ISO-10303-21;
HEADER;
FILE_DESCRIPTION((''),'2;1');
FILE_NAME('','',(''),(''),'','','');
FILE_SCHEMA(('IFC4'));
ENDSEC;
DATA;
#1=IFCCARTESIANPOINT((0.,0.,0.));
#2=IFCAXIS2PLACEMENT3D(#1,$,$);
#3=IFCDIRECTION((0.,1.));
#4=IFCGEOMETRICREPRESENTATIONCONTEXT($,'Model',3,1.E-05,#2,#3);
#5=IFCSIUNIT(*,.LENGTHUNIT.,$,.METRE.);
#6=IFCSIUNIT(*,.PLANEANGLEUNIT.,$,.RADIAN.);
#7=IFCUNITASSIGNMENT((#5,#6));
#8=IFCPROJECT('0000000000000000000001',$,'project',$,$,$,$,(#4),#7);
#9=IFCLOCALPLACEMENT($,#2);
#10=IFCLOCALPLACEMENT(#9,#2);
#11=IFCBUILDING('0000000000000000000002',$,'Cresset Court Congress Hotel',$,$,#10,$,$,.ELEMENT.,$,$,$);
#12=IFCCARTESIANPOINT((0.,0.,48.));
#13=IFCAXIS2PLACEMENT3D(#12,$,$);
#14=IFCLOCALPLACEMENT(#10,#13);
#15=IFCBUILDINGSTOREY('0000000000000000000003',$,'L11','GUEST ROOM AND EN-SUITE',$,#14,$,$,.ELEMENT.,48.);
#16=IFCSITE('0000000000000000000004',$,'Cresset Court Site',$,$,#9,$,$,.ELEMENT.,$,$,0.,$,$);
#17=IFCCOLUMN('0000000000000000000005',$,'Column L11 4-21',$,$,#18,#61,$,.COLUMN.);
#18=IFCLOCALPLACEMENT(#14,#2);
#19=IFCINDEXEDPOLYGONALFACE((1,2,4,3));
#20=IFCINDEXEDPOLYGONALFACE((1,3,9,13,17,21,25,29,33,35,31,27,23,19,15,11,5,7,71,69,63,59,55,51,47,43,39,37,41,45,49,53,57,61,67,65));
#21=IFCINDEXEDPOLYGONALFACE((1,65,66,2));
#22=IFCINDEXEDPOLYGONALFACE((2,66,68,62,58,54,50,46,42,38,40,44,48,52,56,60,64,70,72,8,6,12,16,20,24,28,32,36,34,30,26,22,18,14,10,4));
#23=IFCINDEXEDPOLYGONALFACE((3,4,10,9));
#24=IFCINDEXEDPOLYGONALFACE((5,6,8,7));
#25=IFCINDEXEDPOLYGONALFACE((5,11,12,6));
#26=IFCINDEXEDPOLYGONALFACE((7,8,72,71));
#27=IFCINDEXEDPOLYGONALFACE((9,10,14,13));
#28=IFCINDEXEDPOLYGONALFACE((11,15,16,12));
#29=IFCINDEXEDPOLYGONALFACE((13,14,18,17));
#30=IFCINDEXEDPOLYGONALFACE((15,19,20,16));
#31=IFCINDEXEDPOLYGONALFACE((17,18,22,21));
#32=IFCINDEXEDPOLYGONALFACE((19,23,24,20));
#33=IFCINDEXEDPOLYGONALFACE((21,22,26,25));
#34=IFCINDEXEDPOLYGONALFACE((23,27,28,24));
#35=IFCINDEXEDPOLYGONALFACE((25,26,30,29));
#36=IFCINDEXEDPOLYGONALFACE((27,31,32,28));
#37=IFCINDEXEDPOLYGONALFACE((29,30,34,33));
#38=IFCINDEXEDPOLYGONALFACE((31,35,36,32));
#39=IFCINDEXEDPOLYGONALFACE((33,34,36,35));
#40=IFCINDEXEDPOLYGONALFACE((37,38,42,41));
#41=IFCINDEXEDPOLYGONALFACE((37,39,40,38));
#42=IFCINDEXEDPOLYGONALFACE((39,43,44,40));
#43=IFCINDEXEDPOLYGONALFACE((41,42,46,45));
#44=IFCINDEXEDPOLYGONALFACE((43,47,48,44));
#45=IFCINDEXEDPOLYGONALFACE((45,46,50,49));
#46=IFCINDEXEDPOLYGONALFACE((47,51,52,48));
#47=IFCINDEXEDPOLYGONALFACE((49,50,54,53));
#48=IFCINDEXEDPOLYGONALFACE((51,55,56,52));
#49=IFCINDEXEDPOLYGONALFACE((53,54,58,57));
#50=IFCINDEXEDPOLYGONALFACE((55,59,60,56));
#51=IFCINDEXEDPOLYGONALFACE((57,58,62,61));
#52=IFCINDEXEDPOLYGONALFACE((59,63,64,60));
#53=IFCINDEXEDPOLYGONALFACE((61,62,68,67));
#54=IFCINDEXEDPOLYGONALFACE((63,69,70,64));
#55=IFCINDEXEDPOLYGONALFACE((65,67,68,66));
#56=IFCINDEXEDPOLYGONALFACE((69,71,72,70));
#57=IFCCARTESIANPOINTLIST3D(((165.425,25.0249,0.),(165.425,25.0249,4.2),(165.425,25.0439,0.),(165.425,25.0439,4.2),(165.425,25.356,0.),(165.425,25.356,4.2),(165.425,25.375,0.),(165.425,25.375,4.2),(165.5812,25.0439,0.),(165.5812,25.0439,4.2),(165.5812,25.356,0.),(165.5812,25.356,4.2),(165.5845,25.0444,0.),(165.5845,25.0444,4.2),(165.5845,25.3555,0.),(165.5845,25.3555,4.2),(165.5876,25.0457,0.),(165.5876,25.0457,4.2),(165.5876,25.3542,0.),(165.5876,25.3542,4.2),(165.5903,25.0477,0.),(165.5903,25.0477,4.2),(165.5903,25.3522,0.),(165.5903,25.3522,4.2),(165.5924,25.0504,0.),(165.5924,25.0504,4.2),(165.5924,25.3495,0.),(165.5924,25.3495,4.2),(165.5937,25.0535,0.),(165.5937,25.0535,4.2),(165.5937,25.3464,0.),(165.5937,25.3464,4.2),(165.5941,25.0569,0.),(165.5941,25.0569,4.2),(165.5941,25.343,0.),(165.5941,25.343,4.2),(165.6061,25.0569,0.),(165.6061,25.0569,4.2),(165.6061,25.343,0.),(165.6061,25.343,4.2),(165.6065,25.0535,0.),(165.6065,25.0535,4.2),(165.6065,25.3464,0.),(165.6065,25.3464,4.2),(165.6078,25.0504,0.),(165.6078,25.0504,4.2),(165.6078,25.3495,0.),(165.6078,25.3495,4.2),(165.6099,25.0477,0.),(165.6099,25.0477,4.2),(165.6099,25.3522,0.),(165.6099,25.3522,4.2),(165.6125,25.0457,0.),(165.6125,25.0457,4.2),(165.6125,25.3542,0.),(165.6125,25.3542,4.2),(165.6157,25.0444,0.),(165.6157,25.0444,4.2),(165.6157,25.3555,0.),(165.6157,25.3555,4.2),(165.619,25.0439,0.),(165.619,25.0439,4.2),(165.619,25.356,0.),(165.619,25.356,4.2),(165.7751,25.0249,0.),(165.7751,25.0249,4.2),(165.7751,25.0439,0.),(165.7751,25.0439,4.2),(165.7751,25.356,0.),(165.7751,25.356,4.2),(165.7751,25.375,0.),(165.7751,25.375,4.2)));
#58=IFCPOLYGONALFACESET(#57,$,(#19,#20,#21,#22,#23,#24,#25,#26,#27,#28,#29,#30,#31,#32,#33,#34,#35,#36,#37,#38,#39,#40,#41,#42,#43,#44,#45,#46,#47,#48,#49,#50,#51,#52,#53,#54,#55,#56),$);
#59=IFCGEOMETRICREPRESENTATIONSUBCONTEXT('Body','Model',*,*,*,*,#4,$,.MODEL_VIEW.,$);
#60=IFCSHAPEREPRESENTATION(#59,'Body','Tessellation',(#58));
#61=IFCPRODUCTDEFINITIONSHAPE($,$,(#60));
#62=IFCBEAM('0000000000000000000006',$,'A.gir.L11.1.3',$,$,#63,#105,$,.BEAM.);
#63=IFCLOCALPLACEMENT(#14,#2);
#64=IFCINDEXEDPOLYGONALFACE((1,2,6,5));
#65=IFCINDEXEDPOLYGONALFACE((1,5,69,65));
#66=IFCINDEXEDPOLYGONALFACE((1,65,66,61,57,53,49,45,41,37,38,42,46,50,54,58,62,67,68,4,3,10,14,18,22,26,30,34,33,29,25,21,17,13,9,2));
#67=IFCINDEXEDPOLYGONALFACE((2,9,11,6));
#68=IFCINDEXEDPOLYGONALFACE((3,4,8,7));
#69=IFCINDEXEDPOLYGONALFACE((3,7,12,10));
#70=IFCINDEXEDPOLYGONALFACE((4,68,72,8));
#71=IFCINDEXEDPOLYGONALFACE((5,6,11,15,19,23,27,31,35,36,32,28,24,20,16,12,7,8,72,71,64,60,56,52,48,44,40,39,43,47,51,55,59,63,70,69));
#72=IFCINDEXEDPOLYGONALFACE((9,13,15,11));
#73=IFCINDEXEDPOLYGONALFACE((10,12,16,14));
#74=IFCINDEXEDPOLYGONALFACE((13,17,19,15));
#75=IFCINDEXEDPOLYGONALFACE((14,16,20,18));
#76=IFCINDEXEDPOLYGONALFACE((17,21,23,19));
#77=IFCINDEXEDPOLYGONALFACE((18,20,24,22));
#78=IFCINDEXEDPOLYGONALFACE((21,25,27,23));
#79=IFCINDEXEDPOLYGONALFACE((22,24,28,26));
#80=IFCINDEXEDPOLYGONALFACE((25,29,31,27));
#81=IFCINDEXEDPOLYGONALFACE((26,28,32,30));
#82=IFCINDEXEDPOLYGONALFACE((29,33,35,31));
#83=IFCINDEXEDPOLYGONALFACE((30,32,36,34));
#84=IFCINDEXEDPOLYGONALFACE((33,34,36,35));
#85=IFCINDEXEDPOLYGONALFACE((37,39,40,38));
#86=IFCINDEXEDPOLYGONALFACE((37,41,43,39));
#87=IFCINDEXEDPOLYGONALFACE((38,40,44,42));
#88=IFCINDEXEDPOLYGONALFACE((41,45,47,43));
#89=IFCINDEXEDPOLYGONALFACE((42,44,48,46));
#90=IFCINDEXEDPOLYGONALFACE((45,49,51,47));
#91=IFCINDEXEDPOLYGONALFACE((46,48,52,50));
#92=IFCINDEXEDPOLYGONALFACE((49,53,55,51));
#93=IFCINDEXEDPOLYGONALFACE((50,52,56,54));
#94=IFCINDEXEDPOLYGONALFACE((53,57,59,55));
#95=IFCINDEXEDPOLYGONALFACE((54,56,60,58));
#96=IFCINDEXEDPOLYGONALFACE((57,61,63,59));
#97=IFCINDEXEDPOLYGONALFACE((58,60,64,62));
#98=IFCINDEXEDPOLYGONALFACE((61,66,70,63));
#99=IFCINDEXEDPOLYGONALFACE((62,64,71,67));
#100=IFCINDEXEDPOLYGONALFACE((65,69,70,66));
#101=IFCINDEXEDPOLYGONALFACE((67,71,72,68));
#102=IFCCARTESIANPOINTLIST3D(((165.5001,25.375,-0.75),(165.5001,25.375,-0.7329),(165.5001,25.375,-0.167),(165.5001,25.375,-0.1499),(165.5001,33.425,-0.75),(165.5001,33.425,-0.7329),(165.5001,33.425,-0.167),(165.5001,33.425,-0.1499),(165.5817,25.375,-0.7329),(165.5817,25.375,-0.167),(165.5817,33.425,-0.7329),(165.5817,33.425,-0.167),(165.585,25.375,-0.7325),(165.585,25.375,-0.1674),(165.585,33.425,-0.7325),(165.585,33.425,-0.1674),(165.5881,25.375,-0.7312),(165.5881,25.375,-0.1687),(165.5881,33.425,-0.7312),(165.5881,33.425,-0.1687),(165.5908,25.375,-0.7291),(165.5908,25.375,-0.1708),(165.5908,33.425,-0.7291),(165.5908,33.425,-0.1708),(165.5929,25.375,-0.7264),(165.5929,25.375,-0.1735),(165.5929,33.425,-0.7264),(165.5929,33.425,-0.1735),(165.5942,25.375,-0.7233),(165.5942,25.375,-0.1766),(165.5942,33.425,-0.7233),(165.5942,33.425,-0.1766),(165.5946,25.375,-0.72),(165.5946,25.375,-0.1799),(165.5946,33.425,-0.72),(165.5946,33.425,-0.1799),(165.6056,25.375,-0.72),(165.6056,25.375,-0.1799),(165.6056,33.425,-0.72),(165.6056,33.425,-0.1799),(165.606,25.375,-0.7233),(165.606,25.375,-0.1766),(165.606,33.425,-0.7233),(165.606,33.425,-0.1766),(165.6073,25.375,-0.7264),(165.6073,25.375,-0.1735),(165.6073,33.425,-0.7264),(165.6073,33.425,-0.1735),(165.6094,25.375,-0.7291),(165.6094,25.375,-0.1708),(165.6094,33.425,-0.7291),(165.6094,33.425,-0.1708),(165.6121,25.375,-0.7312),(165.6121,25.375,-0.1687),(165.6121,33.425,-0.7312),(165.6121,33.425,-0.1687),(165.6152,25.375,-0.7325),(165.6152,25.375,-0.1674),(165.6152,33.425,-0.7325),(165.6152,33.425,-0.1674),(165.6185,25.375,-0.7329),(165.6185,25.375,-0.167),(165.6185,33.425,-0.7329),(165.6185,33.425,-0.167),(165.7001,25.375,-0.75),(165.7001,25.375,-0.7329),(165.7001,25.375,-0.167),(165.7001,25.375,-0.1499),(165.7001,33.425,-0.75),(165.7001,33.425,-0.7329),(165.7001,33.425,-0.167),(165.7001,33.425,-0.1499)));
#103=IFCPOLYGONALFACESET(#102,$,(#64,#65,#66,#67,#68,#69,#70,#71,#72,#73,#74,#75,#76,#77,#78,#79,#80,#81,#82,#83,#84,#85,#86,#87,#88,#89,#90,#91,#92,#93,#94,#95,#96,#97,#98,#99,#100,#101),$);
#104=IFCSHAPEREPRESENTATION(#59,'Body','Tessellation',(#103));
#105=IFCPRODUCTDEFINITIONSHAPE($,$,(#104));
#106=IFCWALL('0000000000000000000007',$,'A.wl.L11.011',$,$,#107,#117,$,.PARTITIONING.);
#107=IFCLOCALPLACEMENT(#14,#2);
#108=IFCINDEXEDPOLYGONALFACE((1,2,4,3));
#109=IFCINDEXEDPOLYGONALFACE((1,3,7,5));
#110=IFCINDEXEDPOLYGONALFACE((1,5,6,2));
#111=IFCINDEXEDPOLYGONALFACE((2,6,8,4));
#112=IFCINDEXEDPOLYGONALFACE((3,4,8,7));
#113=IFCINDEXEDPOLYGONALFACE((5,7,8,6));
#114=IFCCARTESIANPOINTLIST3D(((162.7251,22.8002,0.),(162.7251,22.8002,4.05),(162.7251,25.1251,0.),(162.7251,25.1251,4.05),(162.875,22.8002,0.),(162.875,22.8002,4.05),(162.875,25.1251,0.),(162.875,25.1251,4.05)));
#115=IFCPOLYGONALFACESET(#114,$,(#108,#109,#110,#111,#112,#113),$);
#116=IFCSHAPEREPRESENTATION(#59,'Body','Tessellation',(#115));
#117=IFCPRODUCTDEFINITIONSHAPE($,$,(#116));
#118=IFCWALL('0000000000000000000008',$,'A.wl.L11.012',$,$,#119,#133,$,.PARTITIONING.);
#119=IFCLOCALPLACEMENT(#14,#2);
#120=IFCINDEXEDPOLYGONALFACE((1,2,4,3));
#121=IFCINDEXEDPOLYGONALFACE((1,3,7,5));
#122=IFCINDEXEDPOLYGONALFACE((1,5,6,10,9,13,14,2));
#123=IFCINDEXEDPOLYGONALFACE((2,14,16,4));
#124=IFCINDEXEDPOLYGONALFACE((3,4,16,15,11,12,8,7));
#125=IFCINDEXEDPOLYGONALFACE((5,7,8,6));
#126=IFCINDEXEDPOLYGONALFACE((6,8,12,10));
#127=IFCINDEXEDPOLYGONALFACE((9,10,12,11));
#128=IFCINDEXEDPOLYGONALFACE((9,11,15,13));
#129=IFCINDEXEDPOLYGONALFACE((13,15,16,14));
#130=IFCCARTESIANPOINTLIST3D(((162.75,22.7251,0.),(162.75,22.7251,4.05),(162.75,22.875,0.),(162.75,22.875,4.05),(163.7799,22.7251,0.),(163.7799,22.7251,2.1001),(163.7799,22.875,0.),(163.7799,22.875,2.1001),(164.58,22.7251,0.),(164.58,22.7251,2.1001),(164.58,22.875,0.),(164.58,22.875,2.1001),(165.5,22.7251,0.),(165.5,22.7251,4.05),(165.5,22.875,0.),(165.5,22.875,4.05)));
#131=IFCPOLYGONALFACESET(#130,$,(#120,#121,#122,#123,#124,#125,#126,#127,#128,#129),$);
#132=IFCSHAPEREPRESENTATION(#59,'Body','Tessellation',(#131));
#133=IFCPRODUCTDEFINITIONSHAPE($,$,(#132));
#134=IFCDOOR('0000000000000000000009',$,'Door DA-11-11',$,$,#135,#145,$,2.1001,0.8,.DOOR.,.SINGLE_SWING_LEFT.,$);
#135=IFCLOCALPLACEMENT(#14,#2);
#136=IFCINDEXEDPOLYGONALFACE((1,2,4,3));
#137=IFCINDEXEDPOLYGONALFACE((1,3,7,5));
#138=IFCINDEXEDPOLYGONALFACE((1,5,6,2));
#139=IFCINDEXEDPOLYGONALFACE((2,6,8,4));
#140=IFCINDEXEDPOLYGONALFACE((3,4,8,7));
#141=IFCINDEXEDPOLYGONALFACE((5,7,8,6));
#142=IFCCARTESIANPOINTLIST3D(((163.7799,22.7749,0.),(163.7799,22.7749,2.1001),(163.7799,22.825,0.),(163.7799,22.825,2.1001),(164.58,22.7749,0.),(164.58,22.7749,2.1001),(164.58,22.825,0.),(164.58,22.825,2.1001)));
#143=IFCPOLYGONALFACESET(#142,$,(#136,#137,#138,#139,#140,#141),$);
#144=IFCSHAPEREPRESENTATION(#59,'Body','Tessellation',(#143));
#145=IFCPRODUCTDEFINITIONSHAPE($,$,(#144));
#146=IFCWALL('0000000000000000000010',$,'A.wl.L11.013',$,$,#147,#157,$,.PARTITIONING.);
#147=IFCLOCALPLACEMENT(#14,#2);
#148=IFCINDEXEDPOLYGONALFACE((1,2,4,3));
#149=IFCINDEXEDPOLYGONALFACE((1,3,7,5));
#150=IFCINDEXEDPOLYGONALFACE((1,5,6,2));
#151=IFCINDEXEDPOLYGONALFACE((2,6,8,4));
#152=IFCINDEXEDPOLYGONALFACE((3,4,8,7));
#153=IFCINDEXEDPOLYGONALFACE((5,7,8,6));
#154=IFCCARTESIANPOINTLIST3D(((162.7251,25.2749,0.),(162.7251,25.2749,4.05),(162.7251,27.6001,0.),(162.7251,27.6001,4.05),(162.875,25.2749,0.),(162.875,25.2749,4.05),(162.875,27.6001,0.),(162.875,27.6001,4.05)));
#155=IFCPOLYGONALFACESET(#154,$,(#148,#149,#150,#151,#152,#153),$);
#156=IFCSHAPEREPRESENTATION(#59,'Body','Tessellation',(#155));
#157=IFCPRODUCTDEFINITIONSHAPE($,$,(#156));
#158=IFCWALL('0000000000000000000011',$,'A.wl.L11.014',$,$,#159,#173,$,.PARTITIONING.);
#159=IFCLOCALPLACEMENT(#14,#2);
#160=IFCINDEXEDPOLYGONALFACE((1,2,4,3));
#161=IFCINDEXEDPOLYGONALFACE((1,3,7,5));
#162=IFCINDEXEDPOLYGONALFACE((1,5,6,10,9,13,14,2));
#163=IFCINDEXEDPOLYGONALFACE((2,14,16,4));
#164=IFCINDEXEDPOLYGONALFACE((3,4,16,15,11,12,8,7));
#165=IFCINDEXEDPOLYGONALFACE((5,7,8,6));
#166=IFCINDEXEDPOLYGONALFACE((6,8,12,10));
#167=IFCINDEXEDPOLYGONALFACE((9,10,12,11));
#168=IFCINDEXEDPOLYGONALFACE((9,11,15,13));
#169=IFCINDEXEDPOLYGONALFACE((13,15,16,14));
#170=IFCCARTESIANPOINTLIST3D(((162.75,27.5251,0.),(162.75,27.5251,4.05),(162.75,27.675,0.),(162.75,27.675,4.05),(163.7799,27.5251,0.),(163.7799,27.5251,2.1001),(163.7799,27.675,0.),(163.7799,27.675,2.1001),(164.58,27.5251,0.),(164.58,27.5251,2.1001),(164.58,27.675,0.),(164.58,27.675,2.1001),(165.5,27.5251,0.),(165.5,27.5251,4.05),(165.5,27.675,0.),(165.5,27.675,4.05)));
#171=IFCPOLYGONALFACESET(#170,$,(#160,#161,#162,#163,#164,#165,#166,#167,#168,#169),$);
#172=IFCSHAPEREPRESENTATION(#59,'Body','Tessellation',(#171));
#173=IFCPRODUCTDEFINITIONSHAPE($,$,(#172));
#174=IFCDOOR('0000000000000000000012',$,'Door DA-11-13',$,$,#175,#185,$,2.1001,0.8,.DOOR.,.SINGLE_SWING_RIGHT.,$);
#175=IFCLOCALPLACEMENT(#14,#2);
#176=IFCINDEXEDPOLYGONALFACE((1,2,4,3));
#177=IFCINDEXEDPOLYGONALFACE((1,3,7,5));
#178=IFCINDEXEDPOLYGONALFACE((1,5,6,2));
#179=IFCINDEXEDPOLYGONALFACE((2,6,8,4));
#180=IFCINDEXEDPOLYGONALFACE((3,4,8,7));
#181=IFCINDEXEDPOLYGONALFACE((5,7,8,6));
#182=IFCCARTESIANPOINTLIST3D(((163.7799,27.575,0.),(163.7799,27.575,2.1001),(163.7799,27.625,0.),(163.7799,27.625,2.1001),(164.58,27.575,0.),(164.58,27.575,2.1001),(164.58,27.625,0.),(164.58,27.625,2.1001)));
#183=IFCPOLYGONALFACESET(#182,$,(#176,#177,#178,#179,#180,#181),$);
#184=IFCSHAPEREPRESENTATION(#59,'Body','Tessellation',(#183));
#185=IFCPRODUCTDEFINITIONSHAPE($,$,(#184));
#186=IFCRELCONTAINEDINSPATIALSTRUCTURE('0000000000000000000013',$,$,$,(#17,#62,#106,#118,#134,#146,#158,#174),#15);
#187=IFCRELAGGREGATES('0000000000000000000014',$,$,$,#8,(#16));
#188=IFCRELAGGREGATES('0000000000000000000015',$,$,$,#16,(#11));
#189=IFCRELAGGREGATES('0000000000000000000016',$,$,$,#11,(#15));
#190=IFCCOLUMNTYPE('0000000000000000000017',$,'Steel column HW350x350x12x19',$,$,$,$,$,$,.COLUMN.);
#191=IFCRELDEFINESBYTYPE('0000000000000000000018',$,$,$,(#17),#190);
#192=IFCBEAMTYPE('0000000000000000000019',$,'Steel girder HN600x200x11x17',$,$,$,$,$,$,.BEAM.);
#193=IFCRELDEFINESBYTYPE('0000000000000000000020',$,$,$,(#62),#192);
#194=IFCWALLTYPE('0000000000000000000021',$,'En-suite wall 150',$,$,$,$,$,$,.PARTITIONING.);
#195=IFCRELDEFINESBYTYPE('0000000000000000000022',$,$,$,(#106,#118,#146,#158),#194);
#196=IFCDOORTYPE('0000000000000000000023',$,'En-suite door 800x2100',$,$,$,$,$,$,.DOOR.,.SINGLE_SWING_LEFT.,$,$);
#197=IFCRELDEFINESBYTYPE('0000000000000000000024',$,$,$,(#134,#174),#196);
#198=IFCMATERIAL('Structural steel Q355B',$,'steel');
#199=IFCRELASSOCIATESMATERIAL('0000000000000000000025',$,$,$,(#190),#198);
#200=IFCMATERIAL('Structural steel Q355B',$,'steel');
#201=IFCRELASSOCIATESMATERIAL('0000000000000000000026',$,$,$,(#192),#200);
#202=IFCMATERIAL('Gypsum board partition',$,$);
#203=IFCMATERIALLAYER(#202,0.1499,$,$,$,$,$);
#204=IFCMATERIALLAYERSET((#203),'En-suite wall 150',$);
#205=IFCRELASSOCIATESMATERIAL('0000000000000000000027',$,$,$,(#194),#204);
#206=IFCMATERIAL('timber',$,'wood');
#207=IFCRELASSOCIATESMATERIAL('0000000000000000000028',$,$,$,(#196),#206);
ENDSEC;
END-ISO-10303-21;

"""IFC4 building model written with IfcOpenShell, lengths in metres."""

from ifc_helpers import new_model, si_unit, direction, frame, frame_2d, origin, origin_2d, place, context, subcontext, project, spatial, rectangle, i_section, extrude, material, layer, layer_set, material_profile, profile_set, type_object, element, fill, save


model = new_model("IFC4")

# Units and contexts
model_context = context("Model", 3, precision=1e-05, world=origin(), true_north=direction((0.0, 1.0)))
body_context = subcontext(model_context, "Body", "Model", "MODEL_VIEW")
ifc_project = project(units=[si_unit("LENGTHUNIT", "METRE"), si_unit("PLANEANGLEUNIT", "RADIAN")], contexts=[model_context])

# Site, building, storey
site_placement = place(None, origin())
site = spatial("IfcSite", under=ifc_project, at=site_placement, Name="Cresset Court Site", CompositionType="ELEMENT", RefElevation=0.0)
building_placement = place(site_placement, origin())
building = spatial("IfcBuilding", under=site, at=building_placement, Name="Cresset Court Congress Hotel", CompositionType="ELEMENT")
storey_placement = place(building_placement, frame((0.0, 0.0, 48.0)))
storey = spatial("IfcBuildingStorey", under=building, at=storey_placement, Name="L11", Description="GUEST ROOM AND EN-SUITE", CompositionType="ELEMENT", Elevation=48.0)

# Column
ifc_material_1 = material(Name="Structural steel Q355B", Category="steel")
ifc_material_profile_1 = material_profile(ifc_material_1, i_section(OverallWidth=0.3501, OverallDepth=0.3501, WebThickness=0.012, FlangeThickness=0.019, FilletRadius=0.0129, at=origin_2d()), Name="HW350x350x12x19")
ifc_profile_set_1 = profile_set([ifc_material_profile_1], Name="Structural steel Q355B")
column_type = type_object("IfcColumnType", Name="Steel column HW350x350x12x19", PredefinedType="COLUMN", material=ifc_profile_set_1)
column_placement = place(storey_placement, frame((165.6001, 25.2, 0.0), z_axis=(0.0, 0.0, 1.0), x_axis=(1.0, 0.0, 0.0)))
element("IfcColumn", 1, at=column_placement, inside=storey, type_object=column_type, Name="Column L11 4-21", PredefinedType="COLUMN", context=body_context, shape_type="SweptSolid", body=[
    extrude(i_section(OverallWidth=0.3501, OverallDepth=0.3501, WebThickness=0.012, FlangeThickness=0.019, FilletRadius=0.0129, at=origin_2d()), origin(), (0.0, 0.0, 1.0), 4.2),
])

# Beam
ifc_material_2 = material(Name="Structural steel Q355B", Category="steel")
ifc_material_profile_2 = material_profile(ifc_material_2, i_section(OverallWidth=0.2, OverallDepth=0.6001, WebThickness=0.011, FlangeThickness=0.0171, FilletRadius=0.0129, at=origin_2d()), Name="HN600x200x11x17")
ifc_profile_set_2 = profile_set([ifc_material_profile_2], Name="Structural steel Q355B")
beam_type = type_object("IfcBeamType", Name="Steel girder HN600x200x11x17", PredefinedType="BEAM", material=ifc_profile_set_2)
beam_placement = place(storey_placement, frame((165.6001, 25.375, -0.45), z_axis=(0.0, 1.0, 0.0), x_axis=(-1.0, 0.0, 0.0)))
element("IfcBeam", 2, at=beam_placement, inside=storey, type_object=beam_type, Name="A.gir.L11.1.3", PredefinedType="BEAM", context=body_context, shape_type="SweptSolid", body=[
    extrude(i_section(OverallWidth=0.2, OverallDepth=0.6001, WebThickness=0.011, FlangeThickness=0.0171, FilletRadius=0.0129, at=origin_2d()), origin(), (0.0, 0.0, 1.0), 8.05),
])

# Wall
ifc_material_3 = material(Name="Gypsum board partition")
ifc_layer_1 = layer(ifc_material_3, 0.1499)
ifc_layer_set_1 = layer_set([ifc_layer_1], Name="En-suite wall 150")
wall_type_1 = type_object("IfcWallType", Name="En-suite wall 150", PredefinedType="PARTITIONING", material=ifc_layer_set_1)
wall_1_placement = place(storey_placement, frame((162.8, 22.8, 0.0), z_axis=(0.0, 0.0, 1.0), x_axis=(0.0, 1.0, 0.0)))
element("IfcWall", 3, at=wall_1_placement, inside=storey, type_object=wall_type_1, Name="A.wl.L11.011", PredefinedType="PARTITIONING", context=body_context, shape_type="SweptSolid", body=[
    extrude(rectangle(XDim=2.325, YDim=0.1499, at=frame_2d((1.1626, 0.0))), origin(), (0.0, 0.0, 1.0), 4.05),
])

# Wall, opening, door
wall_2_placement = place(storey_placement, frame((162.75, 22.8, 0.0), z_axis=(0.0, 0.0, 1.0), x_axis=(1.0, 0.0, 0.0)))
wall_2 = element("IfcWall", 4, at=wall_2_placement, inside=storey, type_object=wall_type_1, Name="A.wl.L11.012", PredefinedType="PARTITIONING", context=body_context, shape_type="SweptSolid", body=[
    extrude(rectangle(XDim=2.75, YDim=0.1499, at=frame_2d((1.375, 0.0))), origin(), (0.0, 0.0, 1.0), 4.05),
])
opening_1_placement = place(wall_2_placement, frame((1.03, 0.0, 0.0)))
opening_1 = element("IfcOpeningElement", 5, at=opening_1_placement, cuts=wall_2, PredefinedType="OPENING", context=body_context, shape_type="SweptSolid", body=[
    extrude(rectangle(XDim=0.8, YDim=2.1001, at=frame_2d((0.3999, 1.05))), frame((0.0, 0.085, 0.0), z_axis=(0.0, -1.0, 0.0), x_axis=(1.0, 0.0, 0.0)), (0.0, 0.0, 1.0), 0.1699),
])
ifc_material_4 = material(Name="timber", Category="wood")
door_type = type_object("IfcDoorType", Name="En-suite door 800x2100", OperationType="SINGLE_SWING_LEFT", PredefinedType="DOOR", material=ifc_material_4)
door_1_placement = place(opening_1_placement, origin())
door_1 = element("IfcDoor", 6, at=door_1_placement, inside=storey, type_object=door_type, Name="Door DA-11-11", OperationType="SINGLE_SWING_LEFT", OverallHeight=2.1001, OverallWidth=0.8, PredefinedType="DOOR", context=body_context, shape_type="SweptSolid", body=[
    extrude(rectangle(XDim=0.8, YDim=2.1001, at=frame_2d((0.3999, 1.05))), frame((0.0, 0.0249, 0.0), z_axis=(0.0, -1.0, 0.0), x_axis=(1.0, 0.0, 0.0)), (0.0, 0.0, 1.0), 0.05),
])
fill(opening_1, door_1)

# Wall
wall_3_placement = place(storey_placement, frame((162.8, 25.2749, 0.0), z_axis=(0.0, 0.0, 1.0), x_axis=(0.0, 1.0, 0.0)))
element("IfcWall", 7, at=wall_3_placement, inside=storey, type_object=wall_type_1, Name="A.wl.L11.013", PredefinedType="PARTITIONING", context=body_context, shape_type="SweptSolid", body=[
    extrude(rectangle(XDim=2.3252, YDim=0.1499, at=frame_2d((1.1626, 0.0))), origin(), (0.0, 0.0, 1.0), 4.05),
])

# Wall, opening, door
wall_4_placement = place(storey_placement, frame((162.75, 27.6001, 0.0), z_axis=(0.0, 0.0, 1.0), x_axis=(1.0, 0.0, 0.0)))
wall_4 = element("IfcWall", 8, at=wall_4_placement, inside=storey, type_object=wall_type_1, Name="A.wl.L11.014", PredefinedType="PARTITIONING", context=body_context, shape_type="SweptSolid", body=[
    extrude(rectangle(XDim=2.75, YDim=0.1499, at=frame_2d((1.375, 0.0))), origin(), (0.0, 0.0, 1.0), 4.05),
])
opening_2_placement = place(wall_4_placement, frame((1.03, 0.0, 0.0)))
opening_2 = element("IfcOpeningElement", 9, at=opening_2_placement, cuts=wall_4, PredefinedType="OPENING", context=body_context, shape_type="SweptSolid", body=[
    extrude(rectangle(XDim=0.8, YDim=2.1001, at=frame_2d((0.3999, 1.05))), frame((0.0, 0.085, 0.0), z_axis=(0.0, -1.0, 0.0), x_axis=(1.0, 0.0, 0.0)), (0.0, 0.0, 1.0), 0.1699),
])
door_2_placement = place(opening_2_placement, origin())
door_2 = element("IfcDoor", 10, at=door_2_placement, inside=storey, type_object=door_type, Name="Door DA-11-13", OperationType="SINGLE_SWING_RIGHT", OverallHeight=2.1001, OverallWidth=0.8, PredefinedType="DOOR", context=body_context, shape_type="SweptSolid", body=[
    extrude(rectangle(XDim=0.8, YDim=2.1001, at=frame_2d((0.3999, 1.05))), frame((0.0, 0.0249, 0.0), z_axis=(0.0, -1.0, 0.0), x_axis=(1.0, 0.0, 0.0)), (0.0, 0.0, 1.0), 0.05),
])
fill(opening_2, door_2)

save(model, "model.ifc")
